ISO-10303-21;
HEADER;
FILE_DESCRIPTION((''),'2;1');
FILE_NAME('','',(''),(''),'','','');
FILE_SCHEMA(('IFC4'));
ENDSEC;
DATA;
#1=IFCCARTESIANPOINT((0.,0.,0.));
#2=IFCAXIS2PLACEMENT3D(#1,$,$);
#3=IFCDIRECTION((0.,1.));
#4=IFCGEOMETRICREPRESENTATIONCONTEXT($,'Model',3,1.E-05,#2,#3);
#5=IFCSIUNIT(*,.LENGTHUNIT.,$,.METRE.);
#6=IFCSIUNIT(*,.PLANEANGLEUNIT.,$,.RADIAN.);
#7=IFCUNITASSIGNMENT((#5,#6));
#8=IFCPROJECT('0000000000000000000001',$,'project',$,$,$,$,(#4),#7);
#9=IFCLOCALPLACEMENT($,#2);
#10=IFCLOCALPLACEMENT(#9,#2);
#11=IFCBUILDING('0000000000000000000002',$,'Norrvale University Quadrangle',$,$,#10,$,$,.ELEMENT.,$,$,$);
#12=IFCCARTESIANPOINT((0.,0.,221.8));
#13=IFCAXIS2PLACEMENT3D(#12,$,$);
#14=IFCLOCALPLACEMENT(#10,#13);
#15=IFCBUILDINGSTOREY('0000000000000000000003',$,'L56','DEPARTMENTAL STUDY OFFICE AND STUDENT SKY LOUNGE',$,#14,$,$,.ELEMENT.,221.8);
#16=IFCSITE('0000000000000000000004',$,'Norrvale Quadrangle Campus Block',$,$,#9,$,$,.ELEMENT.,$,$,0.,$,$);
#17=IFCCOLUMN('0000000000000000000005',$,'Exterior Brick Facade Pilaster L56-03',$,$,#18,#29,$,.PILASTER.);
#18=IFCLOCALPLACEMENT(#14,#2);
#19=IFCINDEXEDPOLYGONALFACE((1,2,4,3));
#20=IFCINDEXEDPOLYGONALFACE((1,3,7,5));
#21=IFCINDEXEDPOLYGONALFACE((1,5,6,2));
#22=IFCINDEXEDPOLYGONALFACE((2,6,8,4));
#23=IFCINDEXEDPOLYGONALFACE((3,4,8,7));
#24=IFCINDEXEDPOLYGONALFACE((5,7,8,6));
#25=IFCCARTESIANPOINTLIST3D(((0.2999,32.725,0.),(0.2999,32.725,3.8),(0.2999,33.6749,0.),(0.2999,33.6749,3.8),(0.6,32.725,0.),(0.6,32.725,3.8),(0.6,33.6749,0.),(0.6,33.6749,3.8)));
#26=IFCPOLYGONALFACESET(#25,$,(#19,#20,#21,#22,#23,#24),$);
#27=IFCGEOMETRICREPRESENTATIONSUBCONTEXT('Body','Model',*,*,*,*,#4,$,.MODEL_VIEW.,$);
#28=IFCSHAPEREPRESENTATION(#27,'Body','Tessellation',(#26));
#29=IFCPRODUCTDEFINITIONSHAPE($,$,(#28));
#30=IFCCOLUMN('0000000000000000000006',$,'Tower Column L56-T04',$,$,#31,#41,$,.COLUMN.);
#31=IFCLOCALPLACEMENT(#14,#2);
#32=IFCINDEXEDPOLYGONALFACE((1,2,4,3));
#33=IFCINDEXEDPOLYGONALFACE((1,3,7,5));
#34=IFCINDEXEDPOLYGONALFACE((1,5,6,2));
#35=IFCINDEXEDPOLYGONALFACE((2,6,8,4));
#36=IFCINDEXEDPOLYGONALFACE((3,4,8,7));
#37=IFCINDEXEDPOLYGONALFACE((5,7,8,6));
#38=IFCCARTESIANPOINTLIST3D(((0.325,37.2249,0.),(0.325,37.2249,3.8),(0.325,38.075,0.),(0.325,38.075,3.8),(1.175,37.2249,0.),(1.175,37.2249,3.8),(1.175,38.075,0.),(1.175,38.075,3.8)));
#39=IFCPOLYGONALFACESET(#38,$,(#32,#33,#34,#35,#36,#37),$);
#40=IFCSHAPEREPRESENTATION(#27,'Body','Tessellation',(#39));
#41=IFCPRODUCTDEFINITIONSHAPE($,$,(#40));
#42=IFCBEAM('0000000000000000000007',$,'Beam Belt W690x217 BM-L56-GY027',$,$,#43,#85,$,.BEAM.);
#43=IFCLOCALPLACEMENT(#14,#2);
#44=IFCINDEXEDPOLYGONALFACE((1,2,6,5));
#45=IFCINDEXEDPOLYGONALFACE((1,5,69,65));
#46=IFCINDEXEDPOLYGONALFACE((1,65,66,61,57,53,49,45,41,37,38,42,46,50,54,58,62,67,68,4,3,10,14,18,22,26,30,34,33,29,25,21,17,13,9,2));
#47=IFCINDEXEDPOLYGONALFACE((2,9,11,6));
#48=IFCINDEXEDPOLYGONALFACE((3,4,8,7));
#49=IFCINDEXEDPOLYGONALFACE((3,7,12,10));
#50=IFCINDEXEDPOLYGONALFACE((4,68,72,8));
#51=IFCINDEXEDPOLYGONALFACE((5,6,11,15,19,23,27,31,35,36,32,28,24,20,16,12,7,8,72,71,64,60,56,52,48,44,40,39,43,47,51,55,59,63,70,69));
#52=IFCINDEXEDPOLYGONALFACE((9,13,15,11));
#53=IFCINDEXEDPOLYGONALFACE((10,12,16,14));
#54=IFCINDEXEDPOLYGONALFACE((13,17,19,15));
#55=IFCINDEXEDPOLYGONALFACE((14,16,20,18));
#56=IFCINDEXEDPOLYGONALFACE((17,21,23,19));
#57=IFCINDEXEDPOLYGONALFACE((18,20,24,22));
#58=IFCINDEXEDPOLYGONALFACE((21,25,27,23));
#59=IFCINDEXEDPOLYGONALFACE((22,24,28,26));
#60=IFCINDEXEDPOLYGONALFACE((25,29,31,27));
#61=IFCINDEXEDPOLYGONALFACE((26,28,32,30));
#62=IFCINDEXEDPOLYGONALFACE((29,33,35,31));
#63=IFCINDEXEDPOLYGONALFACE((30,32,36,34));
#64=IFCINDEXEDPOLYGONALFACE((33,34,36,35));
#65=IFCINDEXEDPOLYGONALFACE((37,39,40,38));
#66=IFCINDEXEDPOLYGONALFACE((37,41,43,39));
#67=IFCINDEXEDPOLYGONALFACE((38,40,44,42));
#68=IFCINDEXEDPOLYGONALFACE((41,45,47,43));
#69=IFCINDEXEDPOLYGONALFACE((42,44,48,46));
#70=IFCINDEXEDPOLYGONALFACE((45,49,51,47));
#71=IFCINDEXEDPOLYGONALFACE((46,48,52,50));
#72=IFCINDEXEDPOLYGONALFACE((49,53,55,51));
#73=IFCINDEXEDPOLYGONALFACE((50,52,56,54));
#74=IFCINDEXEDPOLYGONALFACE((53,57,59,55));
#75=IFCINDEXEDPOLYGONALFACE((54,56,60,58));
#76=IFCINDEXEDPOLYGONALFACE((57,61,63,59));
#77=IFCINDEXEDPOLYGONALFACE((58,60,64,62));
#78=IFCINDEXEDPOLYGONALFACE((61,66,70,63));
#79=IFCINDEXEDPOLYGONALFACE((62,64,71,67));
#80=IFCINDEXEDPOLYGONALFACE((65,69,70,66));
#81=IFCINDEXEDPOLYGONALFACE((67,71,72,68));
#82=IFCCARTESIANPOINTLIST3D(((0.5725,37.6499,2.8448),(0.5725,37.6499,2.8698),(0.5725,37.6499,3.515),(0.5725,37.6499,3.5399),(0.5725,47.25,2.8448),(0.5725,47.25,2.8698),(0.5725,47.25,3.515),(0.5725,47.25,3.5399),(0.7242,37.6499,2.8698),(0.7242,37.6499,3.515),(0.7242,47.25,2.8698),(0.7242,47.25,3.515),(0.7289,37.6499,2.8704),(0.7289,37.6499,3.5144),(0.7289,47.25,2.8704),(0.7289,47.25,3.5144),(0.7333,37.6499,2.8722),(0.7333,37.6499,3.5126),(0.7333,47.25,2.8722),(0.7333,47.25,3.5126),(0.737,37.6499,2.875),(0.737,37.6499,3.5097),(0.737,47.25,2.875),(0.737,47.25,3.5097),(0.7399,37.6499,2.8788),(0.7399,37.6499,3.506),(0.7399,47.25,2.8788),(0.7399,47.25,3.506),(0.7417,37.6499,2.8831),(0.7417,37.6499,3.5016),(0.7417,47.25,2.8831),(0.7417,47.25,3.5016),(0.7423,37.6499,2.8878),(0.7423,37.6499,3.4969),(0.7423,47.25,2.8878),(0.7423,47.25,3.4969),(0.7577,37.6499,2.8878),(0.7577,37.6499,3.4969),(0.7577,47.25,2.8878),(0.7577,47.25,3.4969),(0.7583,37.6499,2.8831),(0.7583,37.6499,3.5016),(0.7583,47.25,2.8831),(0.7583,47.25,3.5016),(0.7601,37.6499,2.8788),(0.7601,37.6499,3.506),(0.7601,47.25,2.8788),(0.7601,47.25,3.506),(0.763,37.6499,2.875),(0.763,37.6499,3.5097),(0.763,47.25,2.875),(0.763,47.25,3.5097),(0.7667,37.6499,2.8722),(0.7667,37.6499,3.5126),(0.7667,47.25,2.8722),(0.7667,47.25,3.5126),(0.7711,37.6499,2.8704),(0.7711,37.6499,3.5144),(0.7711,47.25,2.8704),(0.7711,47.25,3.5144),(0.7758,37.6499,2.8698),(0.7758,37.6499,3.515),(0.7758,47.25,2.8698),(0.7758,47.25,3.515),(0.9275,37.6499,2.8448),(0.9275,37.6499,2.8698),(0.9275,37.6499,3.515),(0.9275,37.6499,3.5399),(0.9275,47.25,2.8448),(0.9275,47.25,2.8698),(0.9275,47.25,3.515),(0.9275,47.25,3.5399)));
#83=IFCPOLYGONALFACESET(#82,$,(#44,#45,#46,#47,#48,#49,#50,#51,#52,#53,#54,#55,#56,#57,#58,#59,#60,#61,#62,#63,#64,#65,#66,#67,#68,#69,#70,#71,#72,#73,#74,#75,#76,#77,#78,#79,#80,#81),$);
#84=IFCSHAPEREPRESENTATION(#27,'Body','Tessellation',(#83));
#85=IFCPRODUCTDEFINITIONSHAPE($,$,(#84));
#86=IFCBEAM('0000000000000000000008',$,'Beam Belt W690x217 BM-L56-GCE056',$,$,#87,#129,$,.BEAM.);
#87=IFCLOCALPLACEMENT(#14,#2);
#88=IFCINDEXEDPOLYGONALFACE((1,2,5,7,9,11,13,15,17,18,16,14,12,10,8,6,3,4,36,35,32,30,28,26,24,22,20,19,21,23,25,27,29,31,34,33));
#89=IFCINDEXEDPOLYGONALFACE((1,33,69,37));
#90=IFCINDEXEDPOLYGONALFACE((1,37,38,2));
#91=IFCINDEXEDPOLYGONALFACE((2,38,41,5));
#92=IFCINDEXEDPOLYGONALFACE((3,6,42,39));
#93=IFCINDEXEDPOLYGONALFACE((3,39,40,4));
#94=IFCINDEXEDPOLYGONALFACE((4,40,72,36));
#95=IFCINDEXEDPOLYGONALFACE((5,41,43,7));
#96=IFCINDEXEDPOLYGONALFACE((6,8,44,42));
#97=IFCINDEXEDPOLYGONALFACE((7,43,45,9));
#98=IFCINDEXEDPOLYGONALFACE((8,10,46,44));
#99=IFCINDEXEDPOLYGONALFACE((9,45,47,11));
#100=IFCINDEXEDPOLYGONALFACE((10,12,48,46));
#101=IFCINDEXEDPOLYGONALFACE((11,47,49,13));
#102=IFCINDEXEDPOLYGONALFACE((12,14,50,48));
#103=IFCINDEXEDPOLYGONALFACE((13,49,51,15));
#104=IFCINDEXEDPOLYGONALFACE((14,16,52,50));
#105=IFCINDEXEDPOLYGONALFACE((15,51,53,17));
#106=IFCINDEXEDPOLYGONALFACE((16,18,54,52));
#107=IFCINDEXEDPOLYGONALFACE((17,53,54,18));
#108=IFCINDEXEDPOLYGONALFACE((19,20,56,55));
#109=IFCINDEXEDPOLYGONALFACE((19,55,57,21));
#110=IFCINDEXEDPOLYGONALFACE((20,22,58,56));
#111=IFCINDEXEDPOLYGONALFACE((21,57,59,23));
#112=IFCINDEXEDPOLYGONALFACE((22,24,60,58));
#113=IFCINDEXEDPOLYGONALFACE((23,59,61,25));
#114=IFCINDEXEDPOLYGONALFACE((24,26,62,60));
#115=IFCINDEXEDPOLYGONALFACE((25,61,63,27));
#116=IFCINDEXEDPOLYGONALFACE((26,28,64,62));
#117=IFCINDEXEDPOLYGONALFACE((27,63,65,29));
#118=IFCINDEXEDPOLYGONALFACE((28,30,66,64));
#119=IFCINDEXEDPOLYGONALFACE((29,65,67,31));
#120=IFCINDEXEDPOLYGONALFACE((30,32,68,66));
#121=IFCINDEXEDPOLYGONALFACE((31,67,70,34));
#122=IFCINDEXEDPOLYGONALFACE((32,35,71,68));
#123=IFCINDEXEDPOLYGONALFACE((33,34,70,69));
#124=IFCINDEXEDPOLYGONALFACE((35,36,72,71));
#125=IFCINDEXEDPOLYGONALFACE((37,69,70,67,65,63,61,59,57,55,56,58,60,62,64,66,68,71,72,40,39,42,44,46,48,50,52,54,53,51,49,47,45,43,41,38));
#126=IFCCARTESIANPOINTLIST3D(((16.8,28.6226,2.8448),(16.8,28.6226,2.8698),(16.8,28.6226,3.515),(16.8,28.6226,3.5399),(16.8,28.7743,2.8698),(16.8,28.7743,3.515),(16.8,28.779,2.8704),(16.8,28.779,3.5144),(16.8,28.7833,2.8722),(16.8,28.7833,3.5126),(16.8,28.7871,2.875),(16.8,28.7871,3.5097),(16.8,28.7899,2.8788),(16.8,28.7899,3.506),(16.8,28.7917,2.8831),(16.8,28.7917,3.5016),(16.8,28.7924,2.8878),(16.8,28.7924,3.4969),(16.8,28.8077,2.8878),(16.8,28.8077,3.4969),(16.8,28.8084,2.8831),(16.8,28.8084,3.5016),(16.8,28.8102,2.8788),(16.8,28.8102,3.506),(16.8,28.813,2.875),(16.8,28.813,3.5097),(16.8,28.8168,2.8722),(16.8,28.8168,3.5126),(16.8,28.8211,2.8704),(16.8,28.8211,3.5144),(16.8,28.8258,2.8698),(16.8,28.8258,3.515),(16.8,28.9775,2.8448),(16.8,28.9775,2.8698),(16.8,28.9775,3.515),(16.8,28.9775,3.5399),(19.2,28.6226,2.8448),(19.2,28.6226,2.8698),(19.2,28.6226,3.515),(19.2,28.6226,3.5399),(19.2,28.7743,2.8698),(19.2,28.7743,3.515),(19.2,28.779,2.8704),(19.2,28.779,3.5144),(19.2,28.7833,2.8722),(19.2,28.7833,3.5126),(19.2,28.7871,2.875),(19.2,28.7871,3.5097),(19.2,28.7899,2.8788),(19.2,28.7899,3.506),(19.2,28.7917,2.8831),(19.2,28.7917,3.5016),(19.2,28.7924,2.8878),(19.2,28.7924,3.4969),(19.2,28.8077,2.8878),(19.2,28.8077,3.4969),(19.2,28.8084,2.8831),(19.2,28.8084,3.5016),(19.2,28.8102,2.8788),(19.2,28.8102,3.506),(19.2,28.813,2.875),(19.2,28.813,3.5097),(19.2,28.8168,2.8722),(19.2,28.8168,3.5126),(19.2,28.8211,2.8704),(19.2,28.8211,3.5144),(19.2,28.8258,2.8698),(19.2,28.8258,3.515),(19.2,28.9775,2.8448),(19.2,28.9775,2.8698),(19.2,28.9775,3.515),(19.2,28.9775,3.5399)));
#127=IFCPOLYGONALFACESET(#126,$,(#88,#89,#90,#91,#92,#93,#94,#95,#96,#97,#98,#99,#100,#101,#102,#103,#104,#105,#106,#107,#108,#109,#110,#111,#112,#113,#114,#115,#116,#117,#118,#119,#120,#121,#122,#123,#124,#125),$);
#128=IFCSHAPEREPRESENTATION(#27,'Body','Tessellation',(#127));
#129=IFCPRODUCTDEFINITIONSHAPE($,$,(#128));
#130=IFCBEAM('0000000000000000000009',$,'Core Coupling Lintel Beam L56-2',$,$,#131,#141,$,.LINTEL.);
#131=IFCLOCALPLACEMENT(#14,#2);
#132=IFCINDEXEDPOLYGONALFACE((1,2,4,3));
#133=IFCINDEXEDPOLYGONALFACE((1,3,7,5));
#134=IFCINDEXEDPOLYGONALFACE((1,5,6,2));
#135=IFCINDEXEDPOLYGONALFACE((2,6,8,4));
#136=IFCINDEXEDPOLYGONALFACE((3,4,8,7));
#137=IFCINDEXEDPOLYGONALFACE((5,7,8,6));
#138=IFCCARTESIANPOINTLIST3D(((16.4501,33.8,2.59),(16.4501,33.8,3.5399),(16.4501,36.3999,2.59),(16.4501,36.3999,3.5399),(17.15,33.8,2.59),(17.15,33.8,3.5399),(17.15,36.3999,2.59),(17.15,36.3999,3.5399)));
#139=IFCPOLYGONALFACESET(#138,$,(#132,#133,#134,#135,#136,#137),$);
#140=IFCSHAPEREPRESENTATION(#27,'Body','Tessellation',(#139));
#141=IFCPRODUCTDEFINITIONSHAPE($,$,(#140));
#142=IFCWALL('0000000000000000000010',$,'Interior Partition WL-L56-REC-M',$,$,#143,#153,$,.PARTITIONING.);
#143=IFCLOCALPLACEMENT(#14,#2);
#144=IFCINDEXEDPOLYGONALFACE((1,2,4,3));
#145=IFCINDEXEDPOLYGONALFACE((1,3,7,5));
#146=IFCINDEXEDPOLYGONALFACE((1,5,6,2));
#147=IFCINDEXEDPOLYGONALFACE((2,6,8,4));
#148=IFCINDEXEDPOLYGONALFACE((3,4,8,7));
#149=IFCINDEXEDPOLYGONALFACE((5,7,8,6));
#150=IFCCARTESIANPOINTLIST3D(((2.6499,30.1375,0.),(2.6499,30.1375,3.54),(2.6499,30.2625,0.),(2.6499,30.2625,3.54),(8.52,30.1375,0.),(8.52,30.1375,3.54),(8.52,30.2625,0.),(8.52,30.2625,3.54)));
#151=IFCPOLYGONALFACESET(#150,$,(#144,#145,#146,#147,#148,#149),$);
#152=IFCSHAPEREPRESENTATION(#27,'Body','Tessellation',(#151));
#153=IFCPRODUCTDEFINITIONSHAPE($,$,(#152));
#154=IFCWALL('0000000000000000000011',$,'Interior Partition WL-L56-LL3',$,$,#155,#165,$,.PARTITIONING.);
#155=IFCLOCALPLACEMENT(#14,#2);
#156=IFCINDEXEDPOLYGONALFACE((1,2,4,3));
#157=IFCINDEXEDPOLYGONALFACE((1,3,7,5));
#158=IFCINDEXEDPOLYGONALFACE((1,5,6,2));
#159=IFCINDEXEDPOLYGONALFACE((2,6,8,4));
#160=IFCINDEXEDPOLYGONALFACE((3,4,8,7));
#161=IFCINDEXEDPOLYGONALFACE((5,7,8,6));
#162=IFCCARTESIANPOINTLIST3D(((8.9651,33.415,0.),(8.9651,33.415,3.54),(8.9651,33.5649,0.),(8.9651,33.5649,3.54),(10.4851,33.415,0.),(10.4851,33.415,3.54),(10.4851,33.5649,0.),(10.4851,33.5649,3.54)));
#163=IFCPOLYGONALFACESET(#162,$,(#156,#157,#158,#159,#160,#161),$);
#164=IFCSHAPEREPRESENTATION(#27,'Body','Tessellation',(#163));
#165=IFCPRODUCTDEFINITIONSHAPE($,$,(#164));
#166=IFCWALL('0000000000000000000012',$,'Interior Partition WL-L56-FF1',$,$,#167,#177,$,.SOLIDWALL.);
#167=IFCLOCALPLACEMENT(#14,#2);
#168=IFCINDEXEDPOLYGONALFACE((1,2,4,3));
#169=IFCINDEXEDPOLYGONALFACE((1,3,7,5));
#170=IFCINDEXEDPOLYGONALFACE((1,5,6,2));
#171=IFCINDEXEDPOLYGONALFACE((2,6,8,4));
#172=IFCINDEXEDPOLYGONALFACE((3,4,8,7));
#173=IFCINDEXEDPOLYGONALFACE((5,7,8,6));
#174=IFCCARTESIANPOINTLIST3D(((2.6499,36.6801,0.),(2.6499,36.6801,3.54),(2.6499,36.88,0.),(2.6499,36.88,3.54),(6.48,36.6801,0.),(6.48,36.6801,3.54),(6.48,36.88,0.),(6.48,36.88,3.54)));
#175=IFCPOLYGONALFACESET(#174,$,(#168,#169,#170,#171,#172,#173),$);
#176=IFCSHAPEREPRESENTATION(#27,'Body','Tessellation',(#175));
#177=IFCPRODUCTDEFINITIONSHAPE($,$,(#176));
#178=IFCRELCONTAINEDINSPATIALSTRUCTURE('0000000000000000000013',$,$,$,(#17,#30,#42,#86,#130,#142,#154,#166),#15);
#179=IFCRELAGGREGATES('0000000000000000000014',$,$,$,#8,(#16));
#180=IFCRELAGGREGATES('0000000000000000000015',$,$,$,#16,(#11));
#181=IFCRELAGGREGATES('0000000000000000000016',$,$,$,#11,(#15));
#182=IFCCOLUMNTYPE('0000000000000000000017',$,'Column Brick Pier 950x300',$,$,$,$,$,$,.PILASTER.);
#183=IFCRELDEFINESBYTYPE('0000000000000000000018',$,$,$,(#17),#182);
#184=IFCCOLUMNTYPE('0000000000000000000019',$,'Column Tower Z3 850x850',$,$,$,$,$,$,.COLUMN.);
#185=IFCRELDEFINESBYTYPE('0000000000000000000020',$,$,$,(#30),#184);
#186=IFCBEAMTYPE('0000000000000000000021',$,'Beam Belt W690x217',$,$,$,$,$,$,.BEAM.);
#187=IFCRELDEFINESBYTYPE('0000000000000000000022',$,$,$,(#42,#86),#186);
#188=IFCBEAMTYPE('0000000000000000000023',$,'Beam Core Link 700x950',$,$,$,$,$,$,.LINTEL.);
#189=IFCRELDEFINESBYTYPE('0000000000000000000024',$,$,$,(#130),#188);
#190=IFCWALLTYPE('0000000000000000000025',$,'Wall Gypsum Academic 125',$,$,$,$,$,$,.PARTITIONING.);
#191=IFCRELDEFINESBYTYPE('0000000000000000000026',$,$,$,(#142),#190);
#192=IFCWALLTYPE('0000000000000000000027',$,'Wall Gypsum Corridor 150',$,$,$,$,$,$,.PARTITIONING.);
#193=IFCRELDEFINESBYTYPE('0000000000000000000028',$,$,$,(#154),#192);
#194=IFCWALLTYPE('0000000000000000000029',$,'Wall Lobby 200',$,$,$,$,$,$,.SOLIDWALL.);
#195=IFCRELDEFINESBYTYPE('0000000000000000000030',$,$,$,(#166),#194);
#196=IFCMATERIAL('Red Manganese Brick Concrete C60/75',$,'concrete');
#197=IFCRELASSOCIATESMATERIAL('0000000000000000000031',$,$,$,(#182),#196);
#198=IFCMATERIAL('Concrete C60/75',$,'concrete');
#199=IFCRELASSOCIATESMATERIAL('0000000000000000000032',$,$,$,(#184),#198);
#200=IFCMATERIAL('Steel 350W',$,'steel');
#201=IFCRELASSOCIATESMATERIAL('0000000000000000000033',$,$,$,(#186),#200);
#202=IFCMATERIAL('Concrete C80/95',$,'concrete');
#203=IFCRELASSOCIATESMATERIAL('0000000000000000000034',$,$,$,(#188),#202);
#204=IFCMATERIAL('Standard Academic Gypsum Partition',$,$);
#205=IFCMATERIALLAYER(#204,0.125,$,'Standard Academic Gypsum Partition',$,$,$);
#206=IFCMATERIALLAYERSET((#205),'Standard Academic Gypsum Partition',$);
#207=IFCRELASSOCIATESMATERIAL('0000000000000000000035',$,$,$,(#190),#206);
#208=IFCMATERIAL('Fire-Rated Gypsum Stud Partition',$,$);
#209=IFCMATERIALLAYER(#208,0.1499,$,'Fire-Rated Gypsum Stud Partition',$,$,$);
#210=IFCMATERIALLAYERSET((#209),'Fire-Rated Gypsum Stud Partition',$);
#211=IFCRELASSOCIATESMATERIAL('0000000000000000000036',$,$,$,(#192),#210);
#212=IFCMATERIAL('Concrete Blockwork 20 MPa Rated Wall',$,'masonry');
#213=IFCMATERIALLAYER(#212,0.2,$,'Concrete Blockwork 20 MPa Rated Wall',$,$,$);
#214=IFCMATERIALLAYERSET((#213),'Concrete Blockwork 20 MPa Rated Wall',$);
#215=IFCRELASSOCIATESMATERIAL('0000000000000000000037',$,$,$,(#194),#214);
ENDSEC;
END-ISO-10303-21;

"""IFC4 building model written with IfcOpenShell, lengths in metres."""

from ifc_helpers import new_model, si_unit, direction, frame, frame_2d, origin, origin_2d, place, context, subcontext, project, spatial, rectangle, i_section, extrude, material, layer, layer_set, material_profile, profile_set, type_object, element, save


model = new_model("IFC4")

# Units and contexts
model_context = context("Model", 3, precision=1e-05, world=origin(), true_north=direction((0.0, 1.0)))
body_context = subcontext(model_context, "Body", "Model", "MODEL_VIEW")
ifc_project = project(units=[si_unit("LENGTHUNIT", "METRE"), si_unit("PLANEANGLEUNIT", "RADIAN")], contexts=[model_context])

# Site, building, storey
site_placement = place(None, origin())
site = spatial("IfcSite", under=ifc_project, at=site_placement, Name="Norrvale Quadrangle Campus Block", CompositionType="ELEMENT", RefElevation=0.0)
building_placement = place(site_placement, origin())
building = spatial("IfcBuilding", under=site, at=building_placement, Name="Norrvale University Quadrangle", CompositionType="ELEMENT")
storey_placement = place(building_placement, frame((0.0, 0.0, 221.8)))
storey = spatial("IfcBuildingStorey", under=building, at=storey_placement, Name="L56", Description="DEPARTMENTAL STUDY OFFICE AND STUDENT SKY LOUNGE", CompositionType="ELEMENT", Elevation=221.8)

# Columns
ifc_material_1 = material(Name="Red Manganese Brick Concrete C60/75", Category="concrete")
ifc_material_profile_1 = material_profile(ifc_material_1, rectangle(XDim=0.95, YDim=0.3, at=origin_2d()), Name="Red Manganese Brick Concrete C60/75")
ifc_profile_set_1 = profile_set([ifc_material_profile_1], Name="Red Manganese Brick Concrete C60/75")
column_type_1 = type_object("IfcColumnType", Name="Column Brick Pier 950x300", PredefinedType="PILASTER", material=ifc_profile_set_1)
column_1_placement = place(storey_placement, frame((0.45, 33.2, 0.0), z_axis=(0.0, 0.0, 1.0), x_axis=(0.0, 1.0, 0.0)))
element("IfcColumn", 1, at=column_1_placement, inside=storey, type_object=column_type_1, Name="Exterior Brick Facade Pilaster L56-03", PredefinedType="PILASTER", context=body_context, shape_type="SweptSolid", body=[
    extrude(rectangle(XDim=0.95, YDim=0.3, at=origin_2d()), origin(), (0.0, 0.0, 1.0), 3.8),
])
ifc_material_2 = material(Name="Concrete C60/75", Category="concrete")
ifc_material_profile_2 = material_profile(ifc_material_2, rectangle(XDim=0.8501, YDim=0.8501, at=origin_2d()), Name="Concrete C60/75")
ifc_profile_set_2 = profile_set([ifc_material_profile_2], Name="Concrete C60/75")
column_type_2 = type_object("IfcColumnType", Name="Column Tower Z3 850x850", PredefinedType="COLUMN", material=ifc_profile_set_2)
column_2_placement = place(storey_placement, frame((0.75, 37.6499, 0.0), z_axis=(0.0, 0.0, 1.0), x_axis=(1.0, 0.0, 0.0)))
element("IfcColumn", 2, at=column_2_placement, inside=storey, type_object=column_type_2, Name="Tower Column L56-T04", PredefinedType="COLUMN", context=body_context, shape_type="SweptSolid", body=[
    extrude(rectangle(XDim=0.8501, YDim=0.8501, at=origin_2d()), origin(), (0.0, 0.0, 1.0), 3.8),
])

# Beams
ifc_material_3 = material(Name="Steel 350W", Category="steel")
ifc_material_profile_3 = material_profile(ifc_material_3, i_section(OverallWidth=0.355, OverallDepth=0.6951, WebThickness=0.0154, FlangeThickness=0.0249, FilletRadius=0.0181, at=origin_2d()), Name="Steel 350W")
ifc_profile_set_3 = profile_set([ifc_material_profile_3], Name="Steel 350W")
beam_type_1 = type_object("IfcBeamType", Name="Beam Belt W690x217", PredefinedType="BEAM", material=ifc_profile_set_3)
beam_1_placement = place(storey_placement, frame((0.75, 37.6499, 3.1924), z_axis=(0.0, 1.0, 0.0), x_axis=(-1.0, 0.0, 0.0)))
element("IfcBeam", 3, at=beam_1_placement, inside=storey, type_object=beam_type_1, Name="Beam Belt W690x217 BM-L56-GY027", PredefinedType="BEAM", context=body_context, shape_type="SweptSolid", body=[
    extrude(i_section(OverallWidth=0.355, OverallDepth=0.6951, WebThickness=0.0154, FlangeThickness=0.0249, FilletRadius=0.0181, at=origin_2d()), origin(), (0.0, 0.0, 1.0), 9.6001),
])
beam_2_placement = place(storey_placement, frame((16.8, 28.8, 3.1924), z_axis=(1.0, 0.0, 0.0), x_axis=(0.0, 1.0, 0.0)))
element("IfcBeam", 4, at=beam_2_placement, inside=storey, type_object=beam_type_1, Name="Beam Belt W690x217 BM-L56-GCE056", PredefinedType="BEAM", context=body_context, shape_type="SweptSolid", body=[
    extrude(i_section(OverallWidth=0.355, OverallDepth=0.6951, WebThickness=0.0154, FlangeThickness=0.0249, FilletRadius=0.0181, at=origin_2d()), origin(), (0.0, 0.0, 1.0), 2.3999),
])
ifc_material_4 = material(Name="Concrete C80/95", Category="concrete")
ifc_material_profile_4 = material_profile(ifc_material_4, rectangle(XDim=0.7, YDim=0.95, at=origin_2d()), Name="Concrete C80/95")
ifc_profile_set_4 = profile_set([ifc_material_profile_4], Name="Concrete C80/95")
beam_type_2 = type_object("IfcBeamType", Name="Beam Core Link 700x950", PredefinedType="LINTEL", material=ifc_profile_set_4)
beam_3_placement = place(storey_placement, frame((16.8, 33.8, 3.0649), z_axis=(0.0, 1.0, 0.0), x_axis=(-1.0, 0.0, 0.0)))
element("IfcBeam", 5, at=beam_3_placement, inside=storey, type_object=beam_type_2, Name="Core Coupling Lintel Beam L56-2", PredefinedType="LINTEL", context=body_context, shape_type="SweptSolid", body=[
    extrude(rectangle(XDim=0.7, YDim=0.95, at=origin_2d()), origin(), (0.0, 0.0, 1.0), 2.5999),
])

# Walls
ifc_material_5 = material(Name="Standard Academic Gypsum Partition")
ifc_layer_1 = layer(ifc_material_5, 0.125, Name="Standard Academic Gypsum Partition")
ifc_layer_set_1 = layer_set([ifc_layer_1], Name="Standard Academic Gypsum Partition")
wall_type_1 = type_object("IfcWallType", Name="Wall Gypsum Academic 125", PredefinedType="PARTITIONING", material=ifc_layer_set_1)
wall_1_placement = place(storey_placement, frame((2.6499, 30.2, 0.0), z_axis=(0.0, 0.0, 1.0), x_axis=(1.0, 0.0, 0.0)))
element("IfcWall", 6, at=wall_1_placement, inside=storey, type_object=wall_type_1, Name="Interior Partition WL-L56-REC-M", PredefinedType="PARTITIONING", context=body_context, shape_type="SweptSolid", body=[
    extrude(rectangle(XDim=5.8701, YDim=0.125, at=frame_2d((2.9351, 0.0))), origin(), (0.0, 0.0, 1.0), 3.54),
])
ifc_material_6 = material(Name="Fire-Rated Gypsum Stud Partition")
ifc_layer_2 = layer(ifc_material_6, 0.1499, Name="Fire-Rated Gypsum Stud Partition")
ifc_layer_set_2 = layer_set([ifc_layer_2], Name="Fire-Rated Gypsum Stud Partition")
wall_type_2 = type_object("IfcWallType", Name="Wall Gypsum Corridor 150", PredefinedType="PARTITIONING", material=ifc_layer_set_2)
wall_2_placement = place(storey_placement, frame((8.9651, 33.49, 0.0), z_axis=(0.0, 0.0, 1.0), x_axis=(1.0, 0.0, 0.0)))
element("IfcWall", 7, at=wall_2_placement, inside=storey, type_object=wall_type_2, Name="Interior Partition WL-L56-LL3", PredefinedType="PARTITIONING", context=body_context, shape_type="SweptSolid", body=[
    extrude(rectangle(XDim=1.52, YDim=0.1499, at=frame_2d((0.76, 0.0))), origin(), (0.0, 0.0, 1.0), 3.54),
])
ifc_material_7 = material(Name="Concrete Blockwork 20 MPa Rated Wall", Category="masonry")
ifc_layer_3 = layer(ifc_material_7, 0.2, Name="Concrete Blockwork 20 MPa Rated Wall")
ifc_layer_set_3 = layer_set([ifc_layer_3], Name="Concrete Blockwork 20 MPa Rated Wall")
wall_type_3 = type_object("IfcWallType", Name="Wall Lobby 200", PredefinedType="SOLIDWALL", material=ifc_layer_set_3)
wall_3_placement = place(storey_placement, frame((2.6499, 36.78, 0.0), z_axis=(0.0, 0.0, 1.0), x_axis=(1.0, 0.0, 0.0)))
element("IfcWall", 8, at=wall_3_placement, inside=storey, type_object=wall_type_3, Name="Interior Partition WL-L56-FF1", PredefinedType="SOLIDWALL", context=body_context, shape_type="SweptSolid", body=[
    extrude(rectangle(XDim=3.8301, YDim=0.2, at=frame_2d((1.915, 0.0))), origin(), (0.0, 0.0, 1.0), 3.54),
])

save(model, "model.ifc")
